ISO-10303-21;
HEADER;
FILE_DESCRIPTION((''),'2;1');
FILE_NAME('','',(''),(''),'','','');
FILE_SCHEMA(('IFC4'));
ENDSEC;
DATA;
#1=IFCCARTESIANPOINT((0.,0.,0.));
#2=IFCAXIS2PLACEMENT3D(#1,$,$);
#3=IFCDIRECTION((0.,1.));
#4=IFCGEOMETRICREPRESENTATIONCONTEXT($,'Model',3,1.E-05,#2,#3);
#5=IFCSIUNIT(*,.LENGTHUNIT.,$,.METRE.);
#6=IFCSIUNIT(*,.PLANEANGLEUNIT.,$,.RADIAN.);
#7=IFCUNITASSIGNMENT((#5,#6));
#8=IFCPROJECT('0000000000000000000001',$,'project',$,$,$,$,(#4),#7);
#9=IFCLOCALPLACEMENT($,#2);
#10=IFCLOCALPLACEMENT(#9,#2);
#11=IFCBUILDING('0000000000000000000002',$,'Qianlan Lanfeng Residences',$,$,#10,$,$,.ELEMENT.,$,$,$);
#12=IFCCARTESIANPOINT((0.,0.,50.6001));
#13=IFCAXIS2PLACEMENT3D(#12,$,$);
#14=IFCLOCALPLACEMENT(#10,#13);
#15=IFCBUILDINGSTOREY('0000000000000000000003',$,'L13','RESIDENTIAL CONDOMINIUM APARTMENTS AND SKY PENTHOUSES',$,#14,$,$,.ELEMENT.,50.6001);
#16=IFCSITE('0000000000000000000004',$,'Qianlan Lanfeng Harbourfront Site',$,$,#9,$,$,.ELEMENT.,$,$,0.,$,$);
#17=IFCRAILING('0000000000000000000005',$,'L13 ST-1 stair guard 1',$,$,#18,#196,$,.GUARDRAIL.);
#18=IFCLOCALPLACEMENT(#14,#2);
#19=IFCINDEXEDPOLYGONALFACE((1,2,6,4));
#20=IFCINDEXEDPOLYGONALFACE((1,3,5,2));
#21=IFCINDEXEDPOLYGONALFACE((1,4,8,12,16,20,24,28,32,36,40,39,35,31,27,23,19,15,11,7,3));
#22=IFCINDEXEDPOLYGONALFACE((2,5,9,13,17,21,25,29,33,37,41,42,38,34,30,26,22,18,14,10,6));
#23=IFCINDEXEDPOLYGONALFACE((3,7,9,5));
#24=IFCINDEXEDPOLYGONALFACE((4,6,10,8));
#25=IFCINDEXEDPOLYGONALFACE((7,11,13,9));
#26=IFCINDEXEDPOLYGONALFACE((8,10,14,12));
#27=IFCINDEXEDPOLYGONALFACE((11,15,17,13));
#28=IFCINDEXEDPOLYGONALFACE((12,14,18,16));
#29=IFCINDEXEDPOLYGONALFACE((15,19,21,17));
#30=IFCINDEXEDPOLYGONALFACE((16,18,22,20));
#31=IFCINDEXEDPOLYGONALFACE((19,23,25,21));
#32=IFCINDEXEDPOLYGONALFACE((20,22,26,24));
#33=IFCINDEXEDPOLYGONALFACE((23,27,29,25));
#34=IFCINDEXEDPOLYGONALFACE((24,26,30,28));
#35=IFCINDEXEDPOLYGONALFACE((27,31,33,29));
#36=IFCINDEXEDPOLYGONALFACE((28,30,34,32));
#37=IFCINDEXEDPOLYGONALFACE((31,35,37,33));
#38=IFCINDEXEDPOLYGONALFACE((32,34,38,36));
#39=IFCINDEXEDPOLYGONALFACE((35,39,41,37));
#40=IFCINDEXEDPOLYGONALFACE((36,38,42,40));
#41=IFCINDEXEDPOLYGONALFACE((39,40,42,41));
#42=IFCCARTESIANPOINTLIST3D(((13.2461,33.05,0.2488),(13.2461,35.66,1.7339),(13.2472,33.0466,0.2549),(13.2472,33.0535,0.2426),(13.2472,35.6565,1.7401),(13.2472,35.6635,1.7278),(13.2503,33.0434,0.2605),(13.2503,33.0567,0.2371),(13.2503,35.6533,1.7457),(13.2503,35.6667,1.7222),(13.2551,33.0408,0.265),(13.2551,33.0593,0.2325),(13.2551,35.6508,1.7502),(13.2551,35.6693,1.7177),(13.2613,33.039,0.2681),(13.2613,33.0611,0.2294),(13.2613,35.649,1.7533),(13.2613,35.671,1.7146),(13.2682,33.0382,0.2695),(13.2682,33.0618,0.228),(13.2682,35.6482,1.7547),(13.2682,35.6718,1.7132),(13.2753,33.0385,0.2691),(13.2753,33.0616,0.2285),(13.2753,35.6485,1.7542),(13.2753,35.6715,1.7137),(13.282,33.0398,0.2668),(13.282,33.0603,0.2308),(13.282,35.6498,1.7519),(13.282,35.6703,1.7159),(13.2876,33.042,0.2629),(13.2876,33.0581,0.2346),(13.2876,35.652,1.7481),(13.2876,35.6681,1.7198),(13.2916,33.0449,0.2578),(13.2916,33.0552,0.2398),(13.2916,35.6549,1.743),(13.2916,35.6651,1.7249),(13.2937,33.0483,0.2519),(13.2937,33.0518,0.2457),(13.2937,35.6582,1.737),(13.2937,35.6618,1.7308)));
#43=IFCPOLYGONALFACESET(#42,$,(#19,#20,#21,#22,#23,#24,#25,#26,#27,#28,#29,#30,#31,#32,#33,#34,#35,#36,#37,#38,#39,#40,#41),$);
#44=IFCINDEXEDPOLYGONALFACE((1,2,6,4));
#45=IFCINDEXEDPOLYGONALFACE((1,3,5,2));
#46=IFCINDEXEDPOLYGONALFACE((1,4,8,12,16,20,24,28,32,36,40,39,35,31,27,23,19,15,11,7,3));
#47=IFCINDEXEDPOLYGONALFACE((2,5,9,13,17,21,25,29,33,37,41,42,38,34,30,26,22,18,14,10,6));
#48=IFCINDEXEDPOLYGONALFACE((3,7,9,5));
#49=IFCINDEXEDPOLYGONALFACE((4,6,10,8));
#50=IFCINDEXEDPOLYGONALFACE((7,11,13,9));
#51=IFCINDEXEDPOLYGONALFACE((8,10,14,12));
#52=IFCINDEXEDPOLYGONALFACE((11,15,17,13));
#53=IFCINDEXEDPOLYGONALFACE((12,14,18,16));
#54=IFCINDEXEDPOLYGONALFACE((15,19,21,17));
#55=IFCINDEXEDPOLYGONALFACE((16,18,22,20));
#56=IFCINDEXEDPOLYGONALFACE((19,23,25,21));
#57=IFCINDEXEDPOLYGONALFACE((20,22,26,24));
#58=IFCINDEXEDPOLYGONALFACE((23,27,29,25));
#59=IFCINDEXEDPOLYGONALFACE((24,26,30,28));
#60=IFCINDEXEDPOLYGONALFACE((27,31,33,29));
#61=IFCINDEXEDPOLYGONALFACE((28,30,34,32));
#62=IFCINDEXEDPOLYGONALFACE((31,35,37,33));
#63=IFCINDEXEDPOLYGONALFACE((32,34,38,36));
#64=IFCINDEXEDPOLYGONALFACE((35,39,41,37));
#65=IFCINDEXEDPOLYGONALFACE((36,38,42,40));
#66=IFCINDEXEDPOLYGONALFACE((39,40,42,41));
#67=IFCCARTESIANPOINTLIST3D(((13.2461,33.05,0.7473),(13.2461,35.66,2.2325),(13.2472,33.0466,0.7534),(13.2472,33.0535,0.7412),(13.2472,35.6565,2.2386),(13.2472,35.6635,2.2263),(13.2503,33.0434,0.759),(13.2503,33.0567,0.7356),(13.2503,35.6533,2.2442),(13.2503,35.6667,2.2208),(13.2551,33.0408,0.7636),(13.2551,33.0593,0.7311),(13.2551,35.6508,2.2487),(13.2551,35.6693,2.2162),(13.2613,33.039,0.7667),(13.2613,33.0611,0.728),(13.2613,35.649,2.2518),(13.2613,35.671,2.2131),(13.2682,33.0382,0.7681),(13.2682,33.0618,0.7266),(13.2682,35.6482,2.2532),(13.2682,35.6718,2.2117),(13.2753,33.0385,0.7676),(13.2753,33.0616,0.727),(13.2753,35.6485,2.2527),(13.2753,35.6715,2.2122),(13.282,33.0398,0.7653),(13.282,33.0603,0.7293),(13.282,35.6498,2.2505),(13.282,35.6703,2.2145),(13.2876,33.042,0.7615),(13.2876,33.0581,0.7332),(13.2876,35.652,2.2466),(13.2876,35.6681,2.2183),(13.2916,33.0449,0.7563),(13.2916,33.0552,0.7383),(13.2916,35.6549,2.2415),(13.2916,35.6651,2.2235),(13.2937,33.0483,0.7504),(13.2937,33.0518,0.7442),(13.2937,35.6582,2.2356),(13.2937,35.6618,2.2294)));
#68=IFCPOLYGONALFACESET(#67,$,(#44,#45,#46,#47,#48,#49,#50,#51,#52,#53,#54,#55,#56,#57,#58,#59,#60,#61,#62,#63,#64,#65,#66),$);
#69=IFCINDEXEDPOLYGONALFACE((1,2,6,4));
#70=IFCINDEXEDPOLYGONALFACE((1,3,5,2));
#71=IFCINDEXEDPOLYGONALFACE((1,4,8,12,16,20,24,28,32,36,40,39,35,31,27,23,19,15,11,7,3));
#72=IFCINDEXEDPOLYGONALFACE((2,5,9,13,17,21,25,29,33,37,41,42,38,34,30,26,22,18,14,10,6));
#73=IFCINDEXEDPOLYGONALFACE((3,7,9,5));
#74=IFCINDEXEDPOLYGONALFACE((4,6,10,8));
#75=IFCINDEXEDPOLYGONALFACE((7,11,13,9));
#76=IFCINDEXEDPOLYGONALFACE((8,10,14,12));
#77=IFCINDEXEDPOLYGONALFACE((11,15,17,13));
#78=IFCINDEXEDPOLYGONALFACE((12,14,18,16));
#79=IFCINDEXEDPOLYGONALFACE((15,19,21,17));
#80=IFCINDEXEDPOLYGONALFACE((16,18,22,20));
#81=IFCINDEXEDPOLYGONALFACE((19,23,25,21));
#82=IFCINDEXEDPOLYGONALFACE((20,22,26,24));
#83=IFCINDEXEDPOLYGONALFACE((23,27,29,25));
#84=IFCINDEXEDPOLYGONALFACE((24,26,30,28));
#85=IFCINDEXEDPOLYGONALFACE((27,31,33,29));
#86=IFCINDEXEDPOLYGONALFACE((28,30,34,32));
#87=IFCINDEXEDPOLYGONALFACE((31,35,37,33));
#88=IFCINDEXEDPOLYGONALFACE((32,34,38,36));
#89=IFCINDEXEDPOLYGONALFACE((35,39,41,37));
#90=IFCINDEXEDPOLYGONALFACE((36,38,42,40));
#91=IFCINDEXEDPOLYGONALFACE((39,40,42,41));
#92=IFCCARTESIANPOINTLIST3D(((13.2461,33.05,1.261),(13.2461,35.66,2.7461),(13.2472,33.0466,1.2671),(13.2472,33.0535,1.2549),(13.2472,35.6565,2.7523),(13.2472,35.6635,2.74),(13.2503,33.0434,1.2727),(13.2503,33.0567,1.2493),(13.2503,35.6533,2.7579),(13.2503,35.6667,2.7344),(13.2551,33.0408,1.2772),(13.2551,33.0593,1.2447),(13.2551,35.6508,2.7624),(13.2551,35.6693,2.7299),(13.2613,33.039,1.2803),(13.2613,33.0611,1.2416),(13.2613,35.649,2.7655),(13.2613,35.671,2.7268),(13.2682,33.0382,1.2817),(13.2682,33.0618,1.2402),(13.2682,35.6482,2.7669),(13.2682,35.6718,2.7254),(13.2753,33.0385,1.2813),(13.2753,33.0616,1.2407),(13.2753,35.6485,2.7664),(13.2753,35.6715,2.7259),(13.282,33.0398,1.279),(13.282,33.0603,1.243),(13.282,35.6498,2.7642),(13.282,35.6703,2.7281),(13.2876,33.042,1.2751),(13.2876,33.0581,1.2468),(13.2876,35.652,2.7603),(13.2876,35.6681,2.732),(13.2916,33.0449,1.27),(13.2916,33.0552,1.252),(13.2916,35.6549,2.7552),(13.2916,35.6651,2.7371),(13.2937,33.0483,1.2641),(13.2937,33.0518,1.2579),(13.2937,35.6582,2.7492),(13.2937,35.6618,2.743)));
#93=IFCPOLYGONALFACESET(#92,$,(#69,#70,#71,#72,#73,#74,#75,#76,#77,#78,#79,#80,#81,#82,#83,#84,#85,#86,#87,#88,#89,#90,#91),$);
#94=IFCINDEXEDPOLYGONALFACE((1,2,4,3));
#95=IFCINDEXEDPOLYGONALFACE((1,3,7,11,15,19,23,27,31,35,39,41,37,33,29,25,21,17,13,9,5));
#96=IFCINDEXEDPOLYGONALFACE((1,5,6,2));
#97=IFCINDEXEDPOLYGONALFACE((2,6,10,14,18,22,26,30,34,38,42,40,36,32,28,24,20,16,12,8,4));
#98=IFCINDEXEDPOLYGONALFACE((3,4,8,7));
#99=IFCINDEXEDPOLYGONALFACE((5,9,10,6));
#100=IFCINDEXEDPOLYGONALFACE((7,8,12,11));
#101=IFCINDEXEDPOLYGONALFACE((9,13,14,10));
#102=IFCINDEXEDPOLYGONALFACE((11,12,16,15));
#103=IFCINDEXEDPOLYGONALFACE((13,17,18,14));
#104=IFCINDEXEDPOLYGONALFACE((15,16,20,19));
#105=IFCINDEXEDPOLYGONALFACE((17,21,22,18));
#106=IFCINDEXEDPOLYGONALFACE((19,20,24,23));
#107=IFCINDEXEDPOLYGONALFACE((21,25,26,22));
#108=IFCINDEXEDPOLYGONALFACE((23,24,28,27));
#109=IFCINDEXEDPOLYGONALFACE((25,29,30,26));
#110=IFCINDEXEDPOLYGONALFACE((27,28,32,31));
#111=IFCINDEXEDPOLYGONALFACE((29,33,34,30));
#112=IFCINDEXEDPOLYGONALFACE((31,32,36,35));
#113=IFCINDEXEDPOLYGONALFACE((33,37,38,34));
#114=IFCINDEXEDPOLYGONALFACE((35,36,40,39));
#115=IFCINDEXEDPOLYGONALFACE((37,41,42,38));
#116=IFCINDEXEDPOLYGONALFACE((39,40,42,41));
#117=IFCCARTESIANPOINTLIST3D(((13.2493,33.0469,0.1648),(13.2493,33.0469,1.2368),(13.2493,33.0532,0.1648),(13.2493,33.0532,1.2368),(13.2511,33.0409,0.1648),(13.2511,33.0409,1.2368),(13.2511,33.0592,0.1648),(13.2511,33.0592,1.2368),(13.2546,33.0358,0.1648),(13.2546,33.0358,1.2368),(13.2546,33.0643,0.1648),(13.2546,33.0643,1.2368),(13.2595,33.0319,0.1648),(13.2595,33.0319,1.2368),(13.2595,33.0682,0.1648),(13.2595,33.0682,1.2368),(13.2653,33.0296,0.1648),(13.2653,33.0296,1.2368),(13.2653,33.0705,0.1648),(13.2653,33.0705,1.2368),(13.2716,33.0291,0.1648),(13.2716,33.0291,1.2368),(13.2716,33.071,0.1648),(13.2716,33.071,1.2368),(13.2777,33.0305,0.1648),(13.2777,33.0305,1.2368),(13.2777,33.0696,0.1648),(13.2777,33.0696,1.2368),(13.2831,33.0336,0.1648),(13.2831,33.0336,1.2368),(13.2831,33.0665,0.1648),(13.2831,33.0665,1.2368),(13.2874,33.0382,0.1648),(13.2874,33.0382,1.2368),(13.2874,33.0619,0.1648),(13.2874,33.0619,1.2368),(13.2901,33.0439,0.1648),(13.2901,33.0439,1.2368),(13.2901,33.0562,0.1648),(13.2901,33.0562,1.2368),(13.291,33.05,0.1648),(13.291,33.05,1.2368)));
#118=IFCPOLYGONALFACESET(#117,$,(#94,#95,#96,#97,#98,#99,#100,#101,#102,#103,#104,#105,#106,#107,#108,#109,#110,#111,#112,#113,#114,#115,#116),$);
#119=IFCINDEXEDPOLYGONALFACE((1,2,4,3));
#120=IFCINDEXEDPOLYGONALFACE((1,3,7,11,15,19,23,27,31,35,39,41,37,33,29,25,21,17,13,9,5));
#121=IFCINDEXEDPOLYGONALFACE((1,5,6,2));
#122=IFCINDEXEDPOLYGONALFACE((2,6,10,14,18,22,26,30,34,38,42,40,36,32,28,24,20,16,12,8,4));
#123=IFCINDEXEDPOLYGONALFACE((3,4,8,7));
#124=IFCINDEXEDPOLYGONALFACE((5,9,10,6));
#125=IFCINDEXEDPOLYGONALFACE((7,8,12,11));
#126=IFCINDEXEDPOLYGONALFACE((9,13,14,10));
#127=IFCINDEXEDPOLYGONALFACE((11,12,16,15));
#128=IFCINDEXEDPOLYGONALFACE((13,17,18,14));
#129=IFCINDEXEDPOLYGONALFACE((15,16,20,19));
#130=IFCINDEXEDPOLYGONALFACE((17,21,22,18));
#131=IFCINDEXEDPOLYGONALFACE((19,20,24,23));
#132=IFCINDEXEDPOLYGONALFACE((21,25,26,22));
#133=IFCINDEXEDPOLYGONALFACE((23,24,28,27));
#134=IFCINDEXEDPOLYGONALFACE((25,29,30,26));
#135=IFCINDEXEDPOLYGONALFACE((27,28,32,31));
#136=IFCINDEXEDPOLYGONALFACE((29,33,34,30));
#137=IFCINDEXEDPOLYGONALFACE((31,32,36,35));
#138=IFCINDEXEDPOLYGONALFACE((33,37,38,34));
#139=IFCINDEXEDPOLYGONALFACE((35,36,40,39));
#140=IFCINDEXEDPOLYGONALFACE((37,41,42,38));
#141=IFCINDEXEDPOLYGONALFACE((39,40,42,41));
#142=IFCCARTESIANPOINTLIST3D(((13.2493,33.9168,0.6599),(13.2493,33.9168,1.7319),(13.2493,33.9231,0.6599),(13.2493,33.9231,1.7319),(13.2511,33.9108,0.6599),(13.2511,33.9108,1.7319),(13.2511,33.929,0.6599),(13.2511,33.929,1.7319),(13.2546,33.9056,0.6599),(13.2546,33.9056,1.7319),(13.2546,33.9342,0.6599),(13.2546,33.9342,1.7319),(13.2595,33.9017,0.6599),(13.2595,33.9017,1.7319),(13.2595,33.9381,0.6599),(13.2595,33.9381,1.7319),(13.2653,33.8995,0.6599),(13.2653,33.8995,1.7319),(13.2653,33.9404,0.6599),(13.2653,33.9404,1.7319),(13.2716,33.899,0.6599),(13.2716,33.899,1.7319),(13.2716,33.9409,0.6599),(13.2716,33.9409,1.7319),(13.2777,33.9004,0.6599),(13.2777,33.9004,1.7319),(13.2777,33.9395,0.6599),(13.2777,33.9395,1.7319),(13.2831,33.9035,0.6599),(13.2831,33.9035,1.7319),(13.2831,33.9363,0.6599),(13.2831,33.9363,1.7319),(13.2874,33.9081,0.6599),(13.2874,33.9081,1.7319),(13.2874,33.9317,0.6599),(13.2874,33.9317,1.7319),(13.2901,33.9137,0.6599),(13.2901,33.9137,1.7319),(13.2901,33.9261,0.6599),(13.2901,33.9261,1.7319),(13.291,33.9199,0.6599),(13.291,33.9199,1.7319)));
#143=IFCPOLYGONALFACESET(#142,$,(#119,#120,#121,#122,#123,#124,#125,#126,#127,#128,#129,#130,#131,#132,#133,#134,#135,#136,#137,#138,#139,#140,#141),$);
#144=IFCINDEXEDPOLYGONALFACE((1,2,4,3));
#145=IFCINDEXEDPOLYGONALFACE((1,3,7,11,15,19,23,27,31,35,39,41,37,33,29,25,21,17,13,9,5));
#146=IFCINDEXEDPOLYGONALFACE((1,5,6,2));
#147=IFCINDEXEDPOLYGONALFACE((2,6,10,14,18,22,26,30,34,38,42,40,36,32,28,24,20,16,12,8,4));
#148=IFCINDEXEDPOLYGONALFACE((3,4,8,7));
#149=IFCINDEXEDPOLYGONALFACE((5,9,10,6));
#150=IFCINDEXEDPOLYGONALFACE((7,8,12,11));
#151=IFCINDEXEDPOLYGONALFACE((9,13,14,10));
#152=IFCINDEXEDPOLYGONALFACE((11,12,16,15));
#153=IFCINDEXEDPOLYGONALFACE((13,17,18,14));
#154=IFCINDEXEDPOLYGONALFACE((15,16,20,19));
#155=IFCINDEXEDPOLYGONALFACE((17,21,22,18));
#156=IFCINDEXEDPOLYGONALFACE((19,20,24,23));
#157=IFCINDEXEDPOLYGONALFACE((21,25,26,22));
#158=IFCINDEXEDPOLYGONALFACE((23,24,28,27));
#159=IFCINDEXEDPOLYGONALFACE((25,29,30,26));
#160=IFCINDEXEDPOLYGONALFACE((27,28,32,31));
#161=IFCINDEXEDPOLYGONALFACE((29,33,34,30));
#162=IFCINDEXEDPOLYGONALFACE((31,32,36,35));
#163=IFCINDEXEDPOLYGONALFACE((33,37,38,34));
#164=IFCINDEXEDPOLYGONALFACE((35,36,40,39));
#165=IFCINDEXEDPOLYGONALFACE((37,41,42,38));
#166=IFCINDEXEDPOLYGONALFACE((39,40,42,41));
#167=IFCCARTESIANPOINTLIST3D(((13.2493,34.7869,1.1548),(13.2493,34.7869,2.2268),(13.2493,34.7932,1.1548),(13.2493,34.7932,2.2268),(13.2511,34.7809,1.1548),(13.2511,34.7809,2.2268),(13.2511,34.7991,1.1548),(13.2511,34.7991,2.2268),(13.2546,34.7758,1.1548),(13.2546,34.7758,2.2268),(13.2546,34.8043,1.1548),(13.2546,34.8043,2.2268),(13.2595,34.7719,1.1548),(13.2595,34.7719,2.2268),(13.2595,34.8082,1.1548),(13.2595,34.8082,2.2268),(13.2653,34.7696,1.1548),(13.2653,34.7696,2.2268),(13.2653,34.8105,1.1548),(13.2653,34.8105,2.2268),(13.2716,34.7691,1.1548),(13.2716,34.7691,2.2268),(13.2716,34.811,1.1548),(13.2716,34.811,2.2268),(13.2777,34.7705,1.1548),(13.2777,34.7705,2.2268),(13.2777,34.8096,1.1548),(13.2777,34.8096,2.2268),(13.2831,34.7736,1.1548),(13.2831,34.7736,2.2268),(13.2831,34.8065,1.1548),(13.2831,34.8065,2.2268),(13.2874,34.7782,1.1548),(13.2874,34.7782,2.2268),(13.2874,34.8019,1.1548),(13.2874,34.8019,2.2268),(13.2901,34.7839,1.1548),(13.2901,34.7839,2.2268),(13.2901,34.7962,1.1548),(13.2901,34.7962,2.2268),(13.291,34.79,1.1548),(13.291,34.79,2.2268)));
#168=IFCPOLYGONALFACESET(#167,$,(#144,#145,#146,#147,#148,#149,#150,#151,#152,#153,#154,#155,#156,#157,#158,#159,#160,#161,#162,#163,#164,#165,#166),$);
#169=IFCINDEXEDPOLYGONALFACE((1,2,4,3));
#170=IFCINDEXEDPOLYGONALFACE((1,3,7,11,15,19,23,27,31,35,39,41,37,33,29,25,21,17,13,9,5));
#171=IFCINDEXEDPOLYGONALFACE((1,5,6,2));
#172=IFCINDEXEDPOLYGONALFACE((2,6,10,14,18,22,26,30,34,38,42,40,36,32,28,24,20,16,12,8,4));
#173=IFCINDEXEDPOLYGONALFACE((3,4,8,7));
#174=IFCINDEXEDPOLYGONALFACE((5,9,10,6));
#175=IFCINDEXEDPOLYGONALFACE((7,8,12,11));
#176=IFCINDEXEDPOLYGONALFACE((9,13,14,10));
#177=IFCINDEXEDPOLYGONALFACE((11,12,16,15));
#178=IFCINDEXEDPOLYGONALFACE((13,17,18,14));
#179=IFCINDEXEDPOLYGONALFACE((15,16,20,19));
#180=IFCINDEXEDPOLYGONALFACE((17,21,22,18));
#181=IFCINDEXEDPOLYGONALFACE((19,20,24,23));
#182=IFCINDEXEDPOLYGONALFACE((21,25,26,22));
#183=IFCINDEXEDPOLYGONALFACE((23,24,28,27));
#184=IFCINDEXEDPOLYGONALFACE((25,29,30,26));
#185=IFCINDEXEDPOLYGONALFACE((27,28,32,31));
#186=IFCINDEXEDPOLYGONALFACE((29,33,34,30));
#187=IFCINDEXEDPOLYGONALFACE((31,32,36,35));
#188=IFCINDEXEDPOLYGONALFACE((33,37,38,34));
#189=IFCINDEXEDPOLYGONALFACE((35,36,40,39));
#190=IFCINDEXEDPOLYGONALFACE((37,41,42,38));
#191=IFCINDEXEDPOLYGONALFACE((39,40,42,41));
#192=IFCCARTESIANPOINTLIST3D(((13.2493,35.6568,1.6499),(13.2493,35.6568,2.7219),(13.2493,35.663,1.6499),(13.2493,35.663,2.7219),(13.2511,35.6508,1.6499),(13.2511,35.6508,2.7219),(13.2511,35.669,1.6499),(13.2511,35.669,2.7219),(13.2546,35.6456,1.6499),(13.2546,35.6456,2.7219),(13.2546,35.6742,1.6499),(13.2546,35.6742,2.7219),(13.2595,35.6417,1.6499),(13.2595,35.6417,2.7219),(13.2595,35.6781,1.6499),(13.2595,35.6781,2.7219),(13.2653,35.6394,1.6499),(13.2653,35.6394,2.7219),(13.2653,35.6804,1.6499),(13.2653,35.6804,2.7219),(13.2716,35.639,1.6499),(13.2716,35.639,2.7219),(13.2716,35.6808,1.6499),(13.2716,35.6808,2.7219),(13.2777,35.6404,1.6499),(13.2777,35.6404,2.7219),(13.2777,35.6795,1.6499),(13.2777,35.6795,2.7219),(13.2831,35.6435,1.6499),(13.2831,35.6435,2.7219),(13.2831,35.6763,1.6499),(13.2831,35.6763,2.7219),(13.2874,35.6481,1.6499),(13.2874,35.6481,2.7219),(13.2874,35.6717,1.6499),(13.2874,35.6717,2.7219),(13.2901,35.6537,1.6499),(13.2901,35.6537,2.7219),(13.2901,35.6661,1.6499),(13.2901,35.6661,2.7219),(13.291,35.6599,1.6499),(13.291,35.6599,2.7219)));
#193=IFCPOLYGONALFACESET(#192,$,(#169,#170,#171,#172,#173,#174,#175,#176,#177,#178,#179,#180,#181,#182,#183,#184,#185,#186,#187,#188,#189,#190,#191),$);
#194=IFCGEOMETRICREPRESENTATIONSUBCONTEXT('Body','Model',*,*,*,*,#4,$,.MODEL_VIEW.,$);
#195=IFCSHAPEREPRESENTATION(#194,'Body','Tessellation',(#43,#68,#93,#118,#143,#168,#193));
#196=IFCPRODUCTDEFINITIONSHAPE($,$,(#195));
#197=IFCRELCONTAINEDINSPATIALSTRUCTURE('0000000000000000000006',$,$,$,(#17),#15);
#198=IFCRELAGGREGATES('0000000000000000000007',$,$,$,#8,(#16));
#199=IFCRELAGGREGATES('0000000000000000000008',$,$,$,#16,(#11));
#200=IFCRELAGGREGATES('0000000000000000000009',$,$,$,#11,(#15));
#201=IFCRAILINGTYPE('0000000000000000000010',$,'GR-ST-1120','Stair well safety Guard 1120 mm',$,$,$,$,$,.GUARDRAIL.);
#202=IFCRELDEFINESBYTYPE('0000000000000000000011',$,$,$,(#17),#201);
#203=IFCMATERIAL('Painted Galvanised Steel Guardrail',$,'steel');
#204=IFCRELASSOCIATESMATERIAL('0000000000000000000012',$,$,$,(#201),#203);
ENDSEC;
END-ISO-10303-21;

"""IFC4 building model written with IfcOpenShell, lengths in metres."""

from ifc_helpers import new_model, si_unit, direction, frame, origin, origin_2d, place, context, subcontext, project, spatial, circle, extrude, material, type_object, element, save


model = new_model("IFC4")

# Units and contexts
model_context = context("Model", 3, precision=1e-05, world=origin(), true_north=direction((0.0, 1.0)))
body_context = subcontext(model_context, "Body", "Model", "MODEL_VIEW")
ifc_project = project(units=[si_unit("LENGTHUNIT", "METRE"), si_unit("PLANEANGLEUNIT", "RADIAN")], contexts=[model_context])

# Site, building, storey
site_placement = place(None, origin())
site = spatial("IfcSite", under=ifc_project, at=site_placement, Name="Qianlan Lanfeng Harbourfront Site", CompositionType="ELEMENT", RefElevation=0.0)
building_placement = place(site_placement, origin())
building = spatial("IfcBuilding", under=site, at=building_placement, Name="Qianlan Lanfeng Residences", CompositionType="ELEMENT")
storey_placement = place(building_placement, frame((0.0, 0.0, 50.6001)))
storey = spatial("IfcBuildingStorey", under=building, at=storey_placement, Name="L13", Description="RESIDENTIAL CONDOMINIUM APARTMENTS AND SKY PENTHOUSES", CompositionType="ELEMENT", Elevation=50.6001)

# Railing
ifc_material_1 = material(Name="Painted Galvanised Steel Guardrail", Category="steel")
railing_type_1 = type_object("IfcRailingType", Name="GR-ST-1120", Description="Stair well safety Guard 1120 mm", PredefinedType="GUARDRAIL", material=ifc_material_1)
railing_1_placement = place(storey_placement, frame((13.27, 33.05, 0.1648)))
element("IfcRailing", 1, at=railing_1_placement, inside=storey, type_object=railing_type_1, Name="L13 ST-1 stair guard 1", PredefinedType="GUARDRAIL", context=body_context, shape_type="SweptSolid", body=[
    extrude(circle(Radius=0.0239, at=origin_2d()), frame((0.0, 0.0, 0.084), z_axis=(0.0, 0.869137, 0.494571), x_axis=(-1.0, 0.0, 0.0)), (0.0, 0.0, 1.0), 3.0029),
    extrude(circle(Radius=0.0239, at=origin_2d()), frame((0.0, 0.0, 0.5825), z_axis=(0.0, 0.869137, 0.494571), x_axis=(-1.0, 0.0, 0.0)), (0.0, 0.0, 1.0), 3.0029),
    extrude(circle(Radius=0.0239, at=origin_2d()), frame((0.0, 0.0, 1.0962), z_axis=(0.0, 0.869137, 0.494571), x_axis=(-1.0, 0.0, 0.0)), (0.0, 0.0, 1.0), 3.0029),
    extrude(circle(Radius=0.021, at=origin_2d()), origin(), (0.0, 0.0, 1.0), 1.072),
    extrude(circle(Radius=0.021, at=origin_2d()), frame((0.0, 0.8699, 0.4951)), (0.0, 0.0, 1.0), 1.072),
    extrude(circle(Radius=0.021, at=origin_2d()), frame((0.0, 1.74, 0.99)), (0.0, 0.0, 1.0), 1.072),
    extrude(circle(Radius=0.021, at=origin_2d()), frame((0.0, 2.6099, 1.4851)), (0.0, 0.0, 1.0), 1.072),
])

save(model, "model.ifc")
